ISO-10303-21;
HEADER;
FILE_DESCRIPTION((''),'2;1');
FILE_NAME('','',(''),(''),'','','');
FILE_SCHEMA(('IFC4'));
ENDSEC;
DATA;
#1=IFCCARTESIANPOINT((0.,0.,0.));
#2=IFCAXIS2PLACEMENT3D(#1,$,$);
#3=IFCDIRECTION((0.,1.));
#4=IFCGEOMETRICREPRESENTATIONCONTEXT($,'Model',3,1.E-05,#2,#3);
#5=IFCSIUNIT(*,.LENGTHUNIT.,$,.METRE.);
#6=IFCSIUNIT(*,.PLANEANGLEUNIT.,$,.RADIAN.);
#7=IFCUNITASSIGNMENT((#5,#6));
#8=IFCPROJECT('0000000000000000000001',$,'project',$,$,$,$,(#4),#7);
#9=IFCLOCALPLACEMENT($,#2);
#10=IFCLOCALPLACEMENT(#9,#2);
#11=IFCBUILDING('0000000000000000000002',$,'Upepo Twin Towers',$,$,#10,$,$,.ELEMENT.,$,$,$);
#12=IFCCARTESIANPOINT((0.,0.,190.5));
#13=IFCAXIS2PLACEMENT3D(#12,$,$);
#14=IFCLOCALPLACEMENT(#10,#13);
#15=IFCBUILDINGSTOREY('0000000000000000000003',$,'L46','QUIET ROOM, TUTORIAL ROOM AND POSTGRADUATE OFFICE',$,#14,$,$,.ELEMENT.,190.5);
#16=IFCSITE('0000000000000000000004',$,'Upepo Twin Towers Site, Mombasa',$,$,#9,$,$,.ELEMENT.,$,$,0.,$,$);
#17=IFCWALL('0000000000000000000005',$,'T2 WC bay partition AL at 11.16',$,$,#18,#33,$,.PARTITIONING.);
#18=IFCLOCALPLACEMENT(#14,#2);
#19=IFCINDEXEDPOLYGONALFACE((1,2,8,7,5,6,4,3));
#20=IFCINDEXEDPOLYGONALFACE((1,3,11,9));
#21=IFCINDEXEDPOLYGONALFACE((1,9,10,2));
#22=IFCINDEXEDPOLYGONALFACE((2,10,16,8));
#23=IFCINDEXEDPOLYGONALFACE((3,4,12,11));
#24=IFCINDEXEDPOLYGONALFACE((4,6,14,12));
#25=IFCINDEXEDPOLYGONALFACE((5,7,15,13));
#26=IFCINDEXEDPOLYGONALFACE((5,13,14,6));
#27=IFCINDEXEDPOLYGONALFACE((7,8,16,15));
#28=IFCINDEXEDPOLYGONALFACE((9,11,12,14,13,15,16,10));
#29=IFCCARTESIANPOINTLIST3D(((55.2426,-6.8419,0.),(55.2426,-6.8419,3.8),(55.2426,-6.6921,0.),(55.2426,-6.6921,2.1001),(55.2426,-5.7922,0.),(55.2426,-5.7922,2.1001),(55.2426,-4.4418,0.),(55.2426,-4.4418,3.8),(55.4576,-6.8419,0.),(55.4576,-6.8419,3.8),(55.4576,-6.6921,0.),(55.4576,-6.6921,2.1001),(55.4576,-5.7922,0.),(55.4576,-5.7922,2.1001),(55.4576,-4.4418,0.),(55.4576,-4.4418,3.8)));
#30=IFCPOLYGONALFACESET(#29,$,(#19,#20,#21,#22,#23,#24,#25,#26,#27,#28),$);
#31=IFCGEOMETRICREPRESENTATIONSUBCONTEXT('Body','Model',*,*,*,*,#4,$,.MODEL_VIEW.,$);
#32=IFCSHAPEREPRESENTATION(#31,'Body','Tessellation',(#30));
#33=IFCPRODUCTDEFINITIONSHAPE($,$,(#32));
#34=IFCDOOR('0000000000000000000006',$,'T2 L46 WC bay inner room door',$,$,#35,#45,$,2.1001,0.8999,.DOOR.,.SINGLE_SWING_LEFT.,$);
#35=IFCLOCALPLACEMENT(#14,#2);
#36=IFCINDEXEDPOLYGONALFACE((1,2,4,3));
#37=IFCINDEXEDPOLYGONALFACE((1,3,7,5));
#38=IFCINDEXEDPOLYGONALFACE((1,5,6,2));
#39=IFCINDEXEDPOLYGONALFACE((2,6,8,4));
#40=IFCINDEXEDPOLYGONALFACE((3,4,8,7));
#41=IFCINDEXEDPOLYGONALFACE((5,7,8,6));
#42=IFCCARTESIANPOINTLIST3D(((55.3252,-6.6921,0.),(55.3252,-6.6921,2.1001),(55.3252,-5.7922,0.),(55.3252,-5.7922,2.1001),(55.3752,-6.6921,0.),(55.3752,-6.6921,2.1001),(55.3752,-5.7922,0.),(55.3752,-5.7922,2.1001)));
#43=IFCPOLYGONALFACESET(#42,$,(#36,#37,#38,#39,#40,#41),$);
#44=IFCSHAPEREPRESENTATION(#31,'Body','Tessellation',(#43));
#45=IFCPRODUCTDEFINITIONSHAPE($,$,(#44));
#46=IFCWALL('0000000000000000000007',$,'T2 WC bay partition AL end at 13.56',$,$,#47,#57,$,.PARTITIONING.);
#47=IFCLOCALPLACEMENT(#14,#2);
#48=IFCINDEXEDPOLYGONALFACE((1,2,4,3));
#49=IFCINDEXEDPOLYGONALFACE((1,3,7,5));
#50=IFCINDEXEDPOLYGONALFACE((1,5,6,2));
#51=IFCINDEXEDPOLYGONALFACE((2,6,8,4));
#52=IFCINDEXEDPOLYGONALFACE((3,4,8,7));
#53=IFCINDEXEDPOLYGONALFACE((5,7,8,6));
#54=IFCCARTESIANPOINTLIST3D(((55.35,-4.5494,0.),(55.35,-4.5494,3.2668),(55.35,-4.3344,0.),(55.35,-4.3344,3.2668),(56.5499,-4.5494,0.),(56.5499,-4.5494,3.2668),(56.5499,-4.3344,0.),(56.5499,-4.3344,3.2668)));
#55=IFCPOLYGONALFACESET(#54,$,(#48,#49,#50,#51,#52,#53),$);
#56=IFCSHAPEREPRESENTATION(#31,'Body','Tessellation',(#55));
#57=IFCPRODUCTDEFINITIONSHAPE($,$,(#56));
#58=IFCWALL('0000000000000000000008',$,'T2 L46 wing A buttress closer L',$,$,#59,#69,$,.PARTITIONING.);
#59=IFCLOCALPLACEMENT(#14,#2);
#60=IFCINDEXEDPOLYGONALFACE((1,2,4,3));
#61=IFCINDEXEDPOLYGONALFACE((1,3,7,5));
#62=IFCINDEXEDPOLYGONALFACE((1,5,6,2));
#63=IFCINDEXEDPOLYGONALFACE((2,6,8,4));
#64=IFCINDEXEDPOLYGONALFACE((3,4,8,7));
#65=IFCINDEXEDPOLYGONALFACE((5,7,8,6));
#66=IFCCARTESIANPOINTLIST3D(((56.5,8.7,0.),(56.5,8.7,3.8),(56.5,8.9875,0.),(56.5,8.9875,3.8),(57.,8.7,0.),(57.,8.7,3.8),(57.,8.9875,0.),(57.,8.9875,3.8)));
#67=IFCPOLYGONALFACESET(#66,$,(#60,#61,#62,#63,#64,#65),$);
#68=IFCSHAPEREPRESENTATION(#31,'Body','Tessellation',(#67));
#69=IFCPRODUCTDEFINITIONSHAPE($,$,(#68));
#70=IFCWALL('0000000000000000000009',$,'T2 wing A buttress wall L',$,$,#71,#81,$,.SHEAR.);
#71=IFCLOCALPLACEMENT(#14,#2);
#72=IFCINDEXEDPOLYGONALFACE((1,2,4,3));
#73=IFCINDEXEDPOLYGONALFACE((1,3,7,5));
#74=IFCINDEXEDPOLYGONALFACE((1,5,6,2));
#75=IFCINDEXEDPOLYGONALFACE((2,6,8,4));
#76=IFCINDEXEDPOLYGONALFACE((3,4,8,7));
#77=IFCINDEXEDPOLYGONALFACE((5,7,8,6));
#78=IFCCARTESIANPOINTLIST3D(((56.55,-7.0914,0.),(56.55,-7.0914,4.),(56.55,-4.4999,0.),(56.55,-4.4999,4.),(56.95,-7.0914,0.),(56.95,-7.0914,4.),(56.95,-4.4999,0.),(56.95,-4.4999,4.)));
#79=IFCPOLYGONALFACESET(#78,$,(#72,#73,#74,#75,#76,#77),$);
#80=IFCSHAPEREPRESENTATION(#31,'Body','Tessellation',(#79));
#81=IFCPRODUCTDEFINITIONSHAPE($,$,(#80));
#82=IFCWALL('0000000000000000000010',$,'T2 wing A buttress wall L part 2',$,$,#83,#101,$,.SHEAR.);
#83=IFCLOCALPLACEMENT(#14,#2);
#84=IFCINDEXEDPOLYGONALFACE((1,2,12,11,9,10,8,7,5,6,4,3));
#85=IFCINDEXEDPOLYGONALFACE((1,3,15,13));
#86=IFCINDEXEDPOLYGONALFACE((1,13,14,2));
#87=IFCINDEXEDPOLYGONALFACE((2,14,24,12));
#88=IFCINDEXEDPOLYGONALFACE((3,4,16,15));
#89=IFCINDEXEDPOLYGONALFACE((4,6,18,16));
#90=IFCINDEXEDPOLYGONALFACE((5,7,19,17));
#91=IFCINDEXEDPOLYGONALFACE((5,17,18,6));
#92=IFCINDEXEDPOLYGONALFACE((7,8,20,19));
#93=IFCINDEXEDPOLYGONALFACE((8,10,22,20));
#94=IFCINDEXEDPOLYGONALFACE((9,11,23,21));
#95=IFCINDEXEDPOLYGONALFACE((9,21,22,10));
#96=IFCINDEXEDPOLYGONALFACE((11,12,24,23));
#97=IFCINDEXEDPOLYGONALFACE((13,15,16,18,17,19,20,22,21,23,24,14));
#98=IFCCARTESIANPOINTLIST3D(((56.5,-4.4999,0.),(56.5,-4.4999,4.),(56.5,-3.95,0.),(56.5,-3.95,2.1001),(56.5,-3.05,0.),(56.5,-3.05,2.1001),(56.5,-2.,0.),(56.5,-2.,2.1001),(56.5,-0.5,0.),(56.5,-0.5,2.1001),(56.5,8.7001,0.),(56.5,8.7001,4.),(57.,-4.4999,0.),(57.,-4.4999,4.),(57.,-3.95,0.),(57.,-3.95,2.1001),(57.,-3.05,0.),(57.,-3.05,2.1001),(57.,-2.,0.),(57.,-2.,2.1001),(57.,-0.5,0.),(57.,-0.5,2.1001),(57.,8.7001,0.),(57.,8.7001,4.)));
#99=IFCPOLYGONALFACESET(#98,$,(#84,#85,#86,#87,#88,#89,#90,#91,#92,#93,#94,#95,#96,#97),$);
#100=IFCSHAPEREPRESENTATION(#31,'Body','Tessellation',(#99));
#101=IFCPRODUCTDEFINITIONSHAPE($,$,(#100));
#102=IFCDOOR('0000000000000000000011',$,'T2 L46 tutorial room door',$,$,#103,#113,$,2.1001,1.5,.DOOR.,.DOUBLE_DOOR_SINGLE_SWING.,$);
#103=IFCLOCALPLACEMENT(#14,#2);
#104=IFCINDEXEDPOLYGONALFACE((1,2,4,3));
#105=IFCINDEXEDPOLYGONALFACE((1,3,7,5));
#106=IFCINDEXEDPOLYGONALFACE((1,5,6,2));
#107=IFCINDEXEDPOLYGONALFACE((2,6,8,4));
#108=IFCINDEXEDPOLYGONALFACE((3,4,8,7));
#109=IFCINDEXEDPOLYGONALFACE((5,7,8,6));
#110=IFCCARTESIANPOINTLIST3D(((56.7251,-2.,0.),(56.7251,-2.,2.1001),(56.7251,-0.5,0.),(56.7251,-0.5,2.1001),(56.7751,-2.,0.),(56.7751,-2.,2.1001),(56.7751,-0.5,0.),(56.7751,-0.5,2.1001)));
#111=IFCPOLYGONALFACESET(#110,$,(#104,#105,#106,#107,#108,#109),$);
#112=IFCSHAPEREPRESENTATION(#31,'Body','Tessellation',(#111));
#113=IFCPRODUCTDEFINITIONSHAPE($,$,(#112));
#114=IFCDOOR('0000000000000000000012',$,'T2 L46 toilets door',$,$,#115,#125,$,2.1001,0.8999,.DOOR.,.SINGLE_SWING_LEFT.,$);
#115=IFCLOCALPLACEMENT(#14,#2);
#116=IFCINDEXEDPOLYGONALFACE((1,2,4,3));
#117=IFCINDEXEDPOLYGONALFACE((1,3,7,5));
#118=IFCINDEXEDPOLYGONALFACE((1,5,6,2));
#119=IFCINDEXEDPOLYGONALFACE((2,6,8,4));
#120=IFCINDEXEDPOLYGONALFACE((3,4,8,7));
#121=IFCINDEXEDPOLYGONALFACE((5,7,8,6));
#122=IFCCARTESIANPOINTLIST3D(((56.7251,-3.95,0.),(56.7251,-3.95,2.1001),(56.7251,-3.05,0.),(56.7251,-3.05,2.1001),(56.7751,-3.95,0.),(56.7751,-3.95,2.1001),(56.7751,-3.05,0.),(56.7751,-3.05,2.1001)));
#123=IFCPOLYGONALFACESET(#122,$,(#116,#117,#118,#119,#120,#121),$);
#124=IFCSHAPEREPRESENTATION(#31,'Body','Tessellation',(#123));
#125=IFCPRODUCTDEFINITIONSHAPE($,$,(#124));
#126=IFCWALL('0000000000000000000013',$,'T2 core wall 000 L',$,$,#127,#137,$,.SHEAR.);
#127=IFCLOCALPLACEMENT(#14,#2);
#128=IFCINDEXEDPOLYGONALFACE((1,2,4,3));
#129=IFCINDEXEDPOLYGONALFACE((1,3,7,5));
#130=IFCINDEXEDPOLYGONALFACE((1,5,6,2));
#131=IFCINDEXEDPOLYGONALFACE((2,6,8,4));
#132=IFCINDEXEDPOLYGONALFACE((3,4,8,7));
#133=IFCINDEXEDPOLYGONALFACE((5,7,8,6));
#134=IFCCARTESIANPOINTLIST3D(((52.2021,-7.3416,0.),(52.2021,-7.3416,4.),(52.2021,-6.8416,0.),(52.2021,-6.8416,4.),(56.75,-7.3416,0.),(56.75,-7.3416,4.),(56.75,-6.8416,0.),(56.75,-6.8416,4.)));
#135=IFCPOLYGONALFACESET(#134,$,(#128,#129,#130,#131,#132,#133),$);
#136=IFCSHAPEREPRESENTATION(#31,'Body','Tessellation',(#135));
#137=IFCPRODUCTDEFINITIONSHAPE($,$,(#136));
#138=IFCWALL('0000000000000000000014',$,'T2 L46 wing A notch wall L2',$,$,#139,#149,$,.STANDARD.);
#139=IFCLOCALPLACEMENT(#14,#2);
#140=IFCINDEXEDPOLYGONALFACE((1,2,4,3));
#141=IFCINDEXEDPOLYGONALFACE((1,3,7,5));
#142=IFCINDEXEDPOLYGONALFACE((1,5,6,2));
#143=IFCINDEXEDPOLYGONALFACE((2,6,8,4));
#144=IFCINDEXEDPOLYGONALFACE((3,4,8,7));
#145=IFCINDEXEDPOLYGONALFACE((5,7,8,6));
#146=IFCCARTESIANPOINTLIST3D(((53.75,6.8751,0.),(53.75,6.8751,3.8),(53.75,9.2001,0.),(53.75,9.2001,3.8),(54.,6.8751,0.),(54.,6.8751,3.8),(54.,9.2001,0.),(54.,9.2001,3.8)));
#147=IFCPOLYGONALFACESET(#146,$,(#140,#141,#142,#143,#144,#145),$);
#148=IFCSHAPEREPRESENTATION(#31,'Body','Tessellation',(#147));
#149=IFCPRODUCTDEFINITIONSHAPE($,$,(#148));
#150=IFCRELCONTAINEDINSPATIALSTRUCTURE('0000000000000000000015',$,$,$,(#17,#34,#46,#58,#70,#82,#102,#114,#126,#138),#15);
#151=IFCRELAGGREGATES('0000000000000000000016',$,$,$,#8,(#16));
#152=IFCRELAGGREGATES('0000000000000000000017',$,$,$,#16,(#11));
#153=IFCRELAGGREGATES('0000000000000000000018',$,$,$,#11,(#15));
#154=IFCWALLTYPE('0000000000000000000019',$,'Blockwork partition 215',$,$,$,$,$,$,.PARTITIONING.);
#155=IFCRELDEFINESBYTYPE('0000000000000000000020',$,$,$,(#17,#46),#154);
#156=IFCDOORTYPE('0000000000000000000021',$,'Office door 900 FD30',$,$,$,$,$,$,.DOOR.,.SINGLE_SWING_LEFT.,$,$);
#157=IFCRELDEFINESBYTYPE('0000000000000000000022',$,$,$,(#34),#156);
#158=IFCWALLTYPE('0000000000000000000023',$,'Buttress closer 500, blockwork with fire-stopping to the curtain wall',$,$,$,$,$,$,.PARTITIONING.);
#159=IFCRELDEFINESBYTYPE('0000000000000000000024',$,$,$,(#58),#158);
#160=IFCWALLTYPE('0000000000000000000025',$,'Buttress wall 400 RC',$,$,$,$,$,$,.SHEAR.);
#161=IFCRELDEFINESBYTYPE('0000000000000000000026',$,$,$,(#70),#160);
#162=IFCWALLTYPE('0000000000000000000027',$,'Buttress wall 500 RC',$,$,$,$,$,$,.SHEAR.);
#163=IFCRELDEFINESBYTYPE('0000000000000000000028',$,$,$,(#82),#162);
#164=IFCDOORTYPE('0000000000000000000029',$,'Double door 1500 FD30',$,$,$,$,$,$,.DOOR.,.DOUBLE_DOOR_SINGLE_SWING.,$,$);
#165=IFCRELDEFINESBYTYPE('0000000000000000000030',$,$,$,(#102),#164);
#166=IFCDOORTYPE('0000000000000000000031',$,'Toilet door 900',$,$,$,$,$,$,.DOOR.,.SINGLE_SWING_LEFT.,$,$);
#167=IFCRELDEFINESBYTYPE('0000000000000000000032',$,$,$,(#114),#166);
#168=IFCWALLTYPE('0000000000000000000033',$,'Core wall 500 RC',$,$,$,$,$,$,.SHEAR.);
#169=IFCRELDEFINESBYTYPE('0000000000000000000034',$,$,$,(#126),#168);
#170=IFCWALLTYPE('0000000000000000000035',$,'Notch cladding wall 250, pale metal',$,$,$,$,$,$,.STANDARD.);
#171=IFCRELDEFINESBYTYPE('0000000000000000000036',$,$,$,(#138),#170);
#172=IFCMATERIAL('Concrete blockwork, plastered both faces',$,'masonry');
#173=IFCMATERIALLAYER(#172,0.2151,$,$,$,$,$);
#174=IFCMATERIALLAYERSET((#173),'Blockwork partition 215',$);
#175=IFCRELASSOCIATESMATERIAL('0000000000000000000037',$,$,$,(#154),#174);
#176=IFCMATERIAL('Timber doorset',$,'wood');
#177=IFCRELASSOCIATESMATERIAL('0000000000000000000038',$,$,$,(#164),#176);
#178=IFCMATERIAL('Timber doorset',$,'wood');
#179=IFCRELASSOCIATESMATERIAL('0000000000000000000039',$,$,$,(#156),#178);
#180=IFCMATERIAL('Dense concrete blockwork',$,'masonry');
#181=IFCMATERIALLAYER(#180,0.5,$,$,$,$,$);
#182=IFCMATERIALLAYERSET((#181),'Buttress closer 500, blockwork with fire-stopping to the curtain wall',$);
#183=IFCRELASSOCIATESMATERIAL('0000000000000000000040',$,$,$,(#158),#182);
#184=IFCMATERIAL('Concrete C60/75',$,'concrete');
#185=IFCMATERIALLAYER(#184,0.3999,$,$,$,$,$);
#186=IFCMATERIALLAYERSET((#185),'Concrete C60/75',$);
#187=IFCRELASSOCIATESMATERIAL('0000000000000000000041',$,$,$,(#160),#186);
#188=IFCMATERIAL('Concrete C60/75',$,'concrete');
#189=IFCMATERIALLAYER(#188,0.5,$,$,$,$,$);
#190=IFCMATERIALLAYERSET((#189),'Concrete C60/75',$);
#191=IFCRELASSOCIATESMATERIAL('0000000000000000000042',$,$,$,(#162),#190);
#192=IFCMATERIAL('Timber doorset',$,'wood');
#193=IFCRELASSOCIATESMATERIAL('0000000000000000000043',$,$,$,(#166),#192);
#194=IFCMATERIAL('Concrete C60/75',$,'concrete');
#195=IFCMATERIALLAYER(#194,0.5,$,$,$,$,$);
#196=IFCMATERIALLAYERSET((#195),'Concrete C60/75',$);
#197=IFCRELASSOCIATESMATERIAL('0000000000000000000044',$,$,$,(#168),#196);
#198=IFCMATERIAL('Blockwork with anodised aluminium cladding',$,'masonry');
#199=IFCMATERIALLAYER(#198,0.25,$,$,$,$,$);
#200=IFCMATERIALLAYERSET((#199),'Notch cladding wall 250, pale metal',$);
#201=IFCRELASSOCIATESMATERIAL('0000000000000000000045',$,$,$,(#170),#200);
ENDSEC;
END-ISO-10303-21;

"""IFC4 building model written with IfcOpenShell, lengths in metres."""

from ifc_helpers import new_model, si_unit, direction, frame, frame_2d, origin, place, context, subcontext, project, spatial, rectangle, extrude, material, layer, layer_set, type_object, element, fill, save


model = new_model("IFC4")

# Units and contexts
model_context = context("Model", 3, precision=1e-05, world=origin(), true_north=direction((0.0, 1.0)))
body_context = subcontext(model_context, "Body", "Model", "MODEL_VIEW")
ifc_project = project(units=[si_unit("LENGTHUNIT", "METRE"), si_unit("PLANEANGLEUNIT", "RADIAN")], contexts=[model_context])

# Site, building, storey
site_placement = place(None, origin())
site = spatial("IfcSite", under=ifc_project, at=site_placement, Name="Upepo Twin Towers Site, Mombasa", CompositionType="ELEMENT", RefElevation=0.0)
building_placement = place(site_placement, origin())
building = spatial("IfcBuilding", under=site, at=building_placement, Name="Upepo Twin Towers", CompositionType="ELEMENT")
storey_placement = place(building_placement, frame((0.0, 0.0, 190.5)))
storey = spatial("IfcBuildingStorey", under=building, at=storey_placement, Name="L46", Description="QUIET ROOM, TUTORIAL ROOM AND POSTGRADUATE OFFICE", CompositionType="ELEMENT", Elevation=190.5)

# Shared definitions
ifc_material_1 = material(Name="Concrete blockwork, plastered both faces", Category="masonry")
ifc_layer_1 = layer(ifc_material_1, 0.2151)
ifc_layer_set_1 = layer_set([ifc_layer_1], Name="Blockwork partition 215")
wall_type_1 = type_object("IfcWallType", Name="Blockwork partition 215", PredefinedType="PARTITIONING", material=ifc_layer_set_1)

# Wall, opening, door
ifc_material_2 = material(Name="Timber doorset", Category="wood")
door_type_1 = type_object("IfcDoorType", Name="Double door 1500 FD30", OperationType="DOUBLE_DOOR_SINGLE_SWING", PredefinedType="DOOR", material=ifc_material_2)
wall_1_placement = place(storey_placement, frame((55.3501, -6.842, 0.0), z_axis=(0.0, 0.0, 1.0), x_axis=(0.0, 1.0, 0.0)))
wall_1 = element("IfcWall", 1, at=wall_1_placement, inside=storey, type_object=wall_type_1, Name="T2 WC bay partition AL at 11.16", PredefinedType="PARTITIONING", context=body_context, shape_type="SweptSolid", body=[
    extrude(rectangle(XDim=2.4001, YDim=0.2151, at=frame_2d((1.2002, 0.0))), origin(), (0.0, 0.0, 1.0), 3.8),
])
opening_1_placement = place(wall_1_placement, frame((0.1499, 0.0, 0.0)))
opening_1 = element("IfcOpeningElement", 2, at=opening_1_placement, cuts=wall_1, PredefinedType="OPENING", context=body_context, shape_type="SweptSolid", body=[
    extrude(rectangle(XDim=0.8999, YDim=2.1001, at=frame_2d((0.45, 1.05))), frame((0.0, 0.1174, 0.0), z_axis=(0.0, -1.0, 0.0), x_axis=(1.0, 0.0, 0.0)), (0.0, 0.0, 1.0), 0.2351),
])
ifc_material_3 = material(Name="Timber doorset", Category="wood")
door_type_2 = type_object("IfcDoorType", Name="Office door 900 FD30", OperationType="SINGLE_SWING_LEFT", PredefinedType="DOOR", material=ifc_material_3)
door_1_placement = place(opening_1_placement, origin())
door_1 = element("IfcDoor", 3, at=door_1_placement, inside=storey, type_object=door_type_2, Name="T2 L46 WC bay inner room door", OperationType="SINGLE_SWING_LEFT", OverallHeight=2.1001, OverallWidth=0.8999, PredefinedType="DOOR", context=body_context, shape_type="SweptSolid", body=[
    extrude(rectangle(XDim=0.8999, YDim=2.1001, at=frame_2d((0.45, 1.05))), frame((0.0, 0.0249, 0.0), z_axis=(0.0, -1.0, 0.0), x_axis=(1.0, 0.0, 0.0)), (0.0, 0.0, 1.0), 0.05),
])
fill(opening_1, door_1)

# Walls
wall_2_placement = place(storey_placement, frame((56.55, -4.4419, 0.0), z_axis=(0.0, 0.0, 1.0), x_axis=(-1.0, 0.0, 0.0)))
element("IfcWall", 4, at=wall_2_placement, inside=storey, type_object=wall_type_1, Name="T2 WC bay partition AL end at 13.56", PredefinedType="PARTITIONING", context=body_context, shape_type="SweptSolid", body=[
    extrude(rectangle(XDim=1.2, YDim=0.2151, at=frame_2d((0.6001, 0.0))), origin(), (0.0, 0.0, 1.0), 3.2668),
])
ifc_material_4 = material(Name="Dense concrete blockwork", Category="masonry")
ifc_layer_2 = layer(ifc_material_4, 0.5)
ifc_layer_set_2 = layer_set([ifc_layer_2], Name="Buttress closer 500, blockwork with fire-stopping to the curtain wall")
wall_type_2 = type_object("IfcWallType", Name="Buttress closer 500, blockwork with fire-stopping to the curtain wall", PredefinedType="PARTITIONING", material=ifc_layer_set_2)
wall_3_placement = place(storey_placement, frame((56.75, 8.7, 0.0), z_axis=(0.0, 0.0, 1.0), x_axis=(0.0, 1.0, 0.0)))
element("IfcWall", 5, at=wall_3_placement, inside=storey, type_object=wall_type_2, Name="T2 L46 wing A buttress closer L", PredefinedType="PARTITIONING", context=body_context, shape_type="SweptSolid", body=[
    extrude(rectangle(XDim=0.2876, YDim=0.5, at=frame_2d((0.1438, 0.0))), origin(), (0.0, 0.0, 1.0), 3.8),
])
ifc_material_5 = material(Name="Concrete C60/75", Category="concrete")
ifc_layer_3 = layer(ifc_material_5, 0.3999)
ifc_layer_set_3 = layer_set([ifc_layer_3], Name="Concrete C60/75")
wall_type_3 = type_object("IfcWallType", Name="Buttress wall 400 RC", PredefinedType="SHEAR", material=ifc_layer_set_3)
wall_4_placement = place(storey_placement, frame((56.75, -7.0916, 0.0), z_axis=(0.0, 0.0, 1.0), x_axis=(0.0, 1.0, 0.0)))
element("IfcWall", 6, at=wall_4_placement, inside=storey, type_object=wall_type_3, Name="T2 wing A buttress wall L", PredefinedType="SHEAR", context=body_context, shape_type="SweptSolid", body=[
    extrude(rectangle(XDim=2.5916, YDim=0.3999, at=frame_2d((1.2959, 0.0))), origin(), (0.0, 0.0, 1.0), 4.0),
])

# Wall, openings, doors
ifc_material_6 = material(Name="Concrete C60/75", Category="concrete")
ifc_layer_4 = layer(ifc_material_6, 0.5)
ifc_layer_set_4 = layer_set([ifc_layer_4], Name="Concrete C60/75")
wall_type_4 = type_object("IfcWallType", Name="Buttress wall 500 RC", PredefinedType="SHEAR", material=ifc_layer_set_4)
wall_5_placement = place(storey_placement, frame((56.75, -4.5, 0.0), z_axis=(0.0, 0.0, 1.0), x_axis=(0.0, 1.0, 0.0)))
wall_5 = element("IfcWall", 7, at=wall_5_placement, inside=storey, type_object=wall_type_4, Name="T2 wing A buttress wall L part 2", PredefinedType="SHEAR", context=body_context, shape_type="SweptSolid", body=[
    extrude(rectangle(XDim=13.2, YDim=0.5, at=frame_2d((6.6001, 0.0))), origin(), (0.0, 0.0, 1.0), 4.0),
])
opening_2_placement = place(wall_5_placement, frame((0.55, 0.0, 0.0)))
opening_2 = element("IfcOpeningElement", 8, at=opening_2_placement, cuts=wall_5, PredefinedType="OPENING", context=body_context, shape_type="SweptSolid", body=[
    extrude(rectangle(XDim=0.8999, YDim=2.1001, at=frame_2d((0.45, 1.05))), frame((0.0, 0.26, 0.0), z_axis=(0.0, -1.0, 0.0), x_axis=(1.0, 0.0, 0.0)), (0.0, 0.0, 1.0), 0.52),
])
opening_3_placement = place(wall_5_placement, frame((2.5, 0.0, 0.0)))
opening_3 = element("IfcOpeningElement", 9, at=opening_3_placement, cuts=wall_5, PredefinedType="OPENING", context=body_context, shape_type="SweptSolid", body=[
    extrude(rectangle(XDim=1.5, YDim=2.1001, at=frame_2d((0.75, 1.05))), frame((0.0, 0.26, 0.0), z_axis=(0.0, -1.0, 0.0), x_axis=(1.0, 0.0, 0.0)), (0.0, 0.0, 1.0), 0.52),
])
door_2_placement = place(opening_3_placement, origin())
door_2 = element("IfcDoor", 10, at=door_2_placement, inside=storey, type_object=door_type_1, Name="T2 L46 tutorial room door", OperationType="DOUBLE_DOOR_SINGLE_SWING", OverallHeight=2.1001, OverallWidth=1.5, PredefinedType="DOOR", context=body_context, shape_type="SweptSolid", body=[
    extrude(rectangle(XDim=1.5, YDim=2.1001, at=frame_2d((0.75, 1.05))), frame((0.0, 0.0249, 0.0), z_axis=(0.0, -1.0, 0.0), x_axis=(1.0, 0.0, 0.0)), (0.0, 0.0, 1.0), 0.05),
])
fill(opening_3, door_2)
ifc_material_7 = material(Name="Timber doorset", Category="wood")
door_type_3 = type_object("IfcDoorType", Name="Toilet door 900", OperationType="SINGLE_SWING_LEFT", PredefinedType="DOOR", material=ifc_material_7)
door_3_placement = place(opening_2_placement, origin())
door_3 = element("IfcDoor", 11, at=door_3_placement, inside=storey, type_object=door_type_3, Name="T2 L46 toilets door", OperationType="SINGLE_SWING_LEFT", OverallHeight=2.1001, OverallWidth=0.8999, PredefinedType="DOOR", context=body_context, shape_type="SweptSolid", body=[
    extrude(rectangle(XDim=0.8999, YDim=2.1001, at=frame_2d((0.45, 1.05))), frame((0.0, 0.0249, 0.0), z_axis=(0.0, -1.0, 0.0), x_axis=(1.0, 0.0, 0.0)), (0.0, 0.0, 1.0), 0.05),
])
fill(opening_2, door_3)

# Walls
ifc_material_8 = material(Name="Concrete C60/75", Category="concrete")
ifc_layer_5 = layer(ifc_material_8, 0.5)
ifc_layer_set_5 = layer_set([ifc_layer_5], Name="Concrete C60/75")
wall_type_5 = type_object("IfcWallType", Name="Core wall 500 RC", PredefinedType="SHEAR", material=ifc_layer_set_5)
wall_6_placement = place(storey_placement, frame((56.75, -7.0916, 0.0), z_axis=(0.0, 0.0, 1.0), x_axis=(-1.0, 0.0, 0.0)))
element("IfcWall", 12, at=wall_6_placement, inside=storey, type_object=wall_type_5, Name="T2 core wall 000 L", PredefinedType="SHEAR", context=body_context, shape_type="SweptSolid", body=[
    extrude(rectangle(XDim=4.5479, YDim=0.5, at=frame_2d((2.2739, 0.0))), origin(), (0.0, 0.0, 1.0), 4.0),
])
ifc_material_9 = material(Name="Blockwork with anodised aluminium cladding", Category="masonry")
ifc_layer_6 = layer(ifc_material_9, 0.25)
ifc_layer_set_6 = layer_set([ifc_layer_6], Name="Notch cladding wall 250, pale metal")
wall_type_6 = type_object("IfcWallType", Name="Notch cladding wall 250, pale metal", PredefinedType="STANDARD", material=ifc_layer_set_6)
wall_7_placement = place(storey_placement, frame((53.875, 6.875, 0.0), z_axis=(0.0, 0.0, 1.0), x_axis=(0.0, 1.0, 0.0)))
element("IfcWall", 13, at=wall_7_placement, inside=storey, type_object=wall_type_6, Name="T2 L46 wing A notch wall L2", PredefinedType="STANDARD", context=body_context, shape_type="SweptSolid", body=[
    extrude(rectangle(XDim=2.325, YDim=0.25, at=frame_2d((1.1626, 0.0))), origin(), (0.0, 0.0, 1.0), 3.8),
])

save(model, "model.ifc")
